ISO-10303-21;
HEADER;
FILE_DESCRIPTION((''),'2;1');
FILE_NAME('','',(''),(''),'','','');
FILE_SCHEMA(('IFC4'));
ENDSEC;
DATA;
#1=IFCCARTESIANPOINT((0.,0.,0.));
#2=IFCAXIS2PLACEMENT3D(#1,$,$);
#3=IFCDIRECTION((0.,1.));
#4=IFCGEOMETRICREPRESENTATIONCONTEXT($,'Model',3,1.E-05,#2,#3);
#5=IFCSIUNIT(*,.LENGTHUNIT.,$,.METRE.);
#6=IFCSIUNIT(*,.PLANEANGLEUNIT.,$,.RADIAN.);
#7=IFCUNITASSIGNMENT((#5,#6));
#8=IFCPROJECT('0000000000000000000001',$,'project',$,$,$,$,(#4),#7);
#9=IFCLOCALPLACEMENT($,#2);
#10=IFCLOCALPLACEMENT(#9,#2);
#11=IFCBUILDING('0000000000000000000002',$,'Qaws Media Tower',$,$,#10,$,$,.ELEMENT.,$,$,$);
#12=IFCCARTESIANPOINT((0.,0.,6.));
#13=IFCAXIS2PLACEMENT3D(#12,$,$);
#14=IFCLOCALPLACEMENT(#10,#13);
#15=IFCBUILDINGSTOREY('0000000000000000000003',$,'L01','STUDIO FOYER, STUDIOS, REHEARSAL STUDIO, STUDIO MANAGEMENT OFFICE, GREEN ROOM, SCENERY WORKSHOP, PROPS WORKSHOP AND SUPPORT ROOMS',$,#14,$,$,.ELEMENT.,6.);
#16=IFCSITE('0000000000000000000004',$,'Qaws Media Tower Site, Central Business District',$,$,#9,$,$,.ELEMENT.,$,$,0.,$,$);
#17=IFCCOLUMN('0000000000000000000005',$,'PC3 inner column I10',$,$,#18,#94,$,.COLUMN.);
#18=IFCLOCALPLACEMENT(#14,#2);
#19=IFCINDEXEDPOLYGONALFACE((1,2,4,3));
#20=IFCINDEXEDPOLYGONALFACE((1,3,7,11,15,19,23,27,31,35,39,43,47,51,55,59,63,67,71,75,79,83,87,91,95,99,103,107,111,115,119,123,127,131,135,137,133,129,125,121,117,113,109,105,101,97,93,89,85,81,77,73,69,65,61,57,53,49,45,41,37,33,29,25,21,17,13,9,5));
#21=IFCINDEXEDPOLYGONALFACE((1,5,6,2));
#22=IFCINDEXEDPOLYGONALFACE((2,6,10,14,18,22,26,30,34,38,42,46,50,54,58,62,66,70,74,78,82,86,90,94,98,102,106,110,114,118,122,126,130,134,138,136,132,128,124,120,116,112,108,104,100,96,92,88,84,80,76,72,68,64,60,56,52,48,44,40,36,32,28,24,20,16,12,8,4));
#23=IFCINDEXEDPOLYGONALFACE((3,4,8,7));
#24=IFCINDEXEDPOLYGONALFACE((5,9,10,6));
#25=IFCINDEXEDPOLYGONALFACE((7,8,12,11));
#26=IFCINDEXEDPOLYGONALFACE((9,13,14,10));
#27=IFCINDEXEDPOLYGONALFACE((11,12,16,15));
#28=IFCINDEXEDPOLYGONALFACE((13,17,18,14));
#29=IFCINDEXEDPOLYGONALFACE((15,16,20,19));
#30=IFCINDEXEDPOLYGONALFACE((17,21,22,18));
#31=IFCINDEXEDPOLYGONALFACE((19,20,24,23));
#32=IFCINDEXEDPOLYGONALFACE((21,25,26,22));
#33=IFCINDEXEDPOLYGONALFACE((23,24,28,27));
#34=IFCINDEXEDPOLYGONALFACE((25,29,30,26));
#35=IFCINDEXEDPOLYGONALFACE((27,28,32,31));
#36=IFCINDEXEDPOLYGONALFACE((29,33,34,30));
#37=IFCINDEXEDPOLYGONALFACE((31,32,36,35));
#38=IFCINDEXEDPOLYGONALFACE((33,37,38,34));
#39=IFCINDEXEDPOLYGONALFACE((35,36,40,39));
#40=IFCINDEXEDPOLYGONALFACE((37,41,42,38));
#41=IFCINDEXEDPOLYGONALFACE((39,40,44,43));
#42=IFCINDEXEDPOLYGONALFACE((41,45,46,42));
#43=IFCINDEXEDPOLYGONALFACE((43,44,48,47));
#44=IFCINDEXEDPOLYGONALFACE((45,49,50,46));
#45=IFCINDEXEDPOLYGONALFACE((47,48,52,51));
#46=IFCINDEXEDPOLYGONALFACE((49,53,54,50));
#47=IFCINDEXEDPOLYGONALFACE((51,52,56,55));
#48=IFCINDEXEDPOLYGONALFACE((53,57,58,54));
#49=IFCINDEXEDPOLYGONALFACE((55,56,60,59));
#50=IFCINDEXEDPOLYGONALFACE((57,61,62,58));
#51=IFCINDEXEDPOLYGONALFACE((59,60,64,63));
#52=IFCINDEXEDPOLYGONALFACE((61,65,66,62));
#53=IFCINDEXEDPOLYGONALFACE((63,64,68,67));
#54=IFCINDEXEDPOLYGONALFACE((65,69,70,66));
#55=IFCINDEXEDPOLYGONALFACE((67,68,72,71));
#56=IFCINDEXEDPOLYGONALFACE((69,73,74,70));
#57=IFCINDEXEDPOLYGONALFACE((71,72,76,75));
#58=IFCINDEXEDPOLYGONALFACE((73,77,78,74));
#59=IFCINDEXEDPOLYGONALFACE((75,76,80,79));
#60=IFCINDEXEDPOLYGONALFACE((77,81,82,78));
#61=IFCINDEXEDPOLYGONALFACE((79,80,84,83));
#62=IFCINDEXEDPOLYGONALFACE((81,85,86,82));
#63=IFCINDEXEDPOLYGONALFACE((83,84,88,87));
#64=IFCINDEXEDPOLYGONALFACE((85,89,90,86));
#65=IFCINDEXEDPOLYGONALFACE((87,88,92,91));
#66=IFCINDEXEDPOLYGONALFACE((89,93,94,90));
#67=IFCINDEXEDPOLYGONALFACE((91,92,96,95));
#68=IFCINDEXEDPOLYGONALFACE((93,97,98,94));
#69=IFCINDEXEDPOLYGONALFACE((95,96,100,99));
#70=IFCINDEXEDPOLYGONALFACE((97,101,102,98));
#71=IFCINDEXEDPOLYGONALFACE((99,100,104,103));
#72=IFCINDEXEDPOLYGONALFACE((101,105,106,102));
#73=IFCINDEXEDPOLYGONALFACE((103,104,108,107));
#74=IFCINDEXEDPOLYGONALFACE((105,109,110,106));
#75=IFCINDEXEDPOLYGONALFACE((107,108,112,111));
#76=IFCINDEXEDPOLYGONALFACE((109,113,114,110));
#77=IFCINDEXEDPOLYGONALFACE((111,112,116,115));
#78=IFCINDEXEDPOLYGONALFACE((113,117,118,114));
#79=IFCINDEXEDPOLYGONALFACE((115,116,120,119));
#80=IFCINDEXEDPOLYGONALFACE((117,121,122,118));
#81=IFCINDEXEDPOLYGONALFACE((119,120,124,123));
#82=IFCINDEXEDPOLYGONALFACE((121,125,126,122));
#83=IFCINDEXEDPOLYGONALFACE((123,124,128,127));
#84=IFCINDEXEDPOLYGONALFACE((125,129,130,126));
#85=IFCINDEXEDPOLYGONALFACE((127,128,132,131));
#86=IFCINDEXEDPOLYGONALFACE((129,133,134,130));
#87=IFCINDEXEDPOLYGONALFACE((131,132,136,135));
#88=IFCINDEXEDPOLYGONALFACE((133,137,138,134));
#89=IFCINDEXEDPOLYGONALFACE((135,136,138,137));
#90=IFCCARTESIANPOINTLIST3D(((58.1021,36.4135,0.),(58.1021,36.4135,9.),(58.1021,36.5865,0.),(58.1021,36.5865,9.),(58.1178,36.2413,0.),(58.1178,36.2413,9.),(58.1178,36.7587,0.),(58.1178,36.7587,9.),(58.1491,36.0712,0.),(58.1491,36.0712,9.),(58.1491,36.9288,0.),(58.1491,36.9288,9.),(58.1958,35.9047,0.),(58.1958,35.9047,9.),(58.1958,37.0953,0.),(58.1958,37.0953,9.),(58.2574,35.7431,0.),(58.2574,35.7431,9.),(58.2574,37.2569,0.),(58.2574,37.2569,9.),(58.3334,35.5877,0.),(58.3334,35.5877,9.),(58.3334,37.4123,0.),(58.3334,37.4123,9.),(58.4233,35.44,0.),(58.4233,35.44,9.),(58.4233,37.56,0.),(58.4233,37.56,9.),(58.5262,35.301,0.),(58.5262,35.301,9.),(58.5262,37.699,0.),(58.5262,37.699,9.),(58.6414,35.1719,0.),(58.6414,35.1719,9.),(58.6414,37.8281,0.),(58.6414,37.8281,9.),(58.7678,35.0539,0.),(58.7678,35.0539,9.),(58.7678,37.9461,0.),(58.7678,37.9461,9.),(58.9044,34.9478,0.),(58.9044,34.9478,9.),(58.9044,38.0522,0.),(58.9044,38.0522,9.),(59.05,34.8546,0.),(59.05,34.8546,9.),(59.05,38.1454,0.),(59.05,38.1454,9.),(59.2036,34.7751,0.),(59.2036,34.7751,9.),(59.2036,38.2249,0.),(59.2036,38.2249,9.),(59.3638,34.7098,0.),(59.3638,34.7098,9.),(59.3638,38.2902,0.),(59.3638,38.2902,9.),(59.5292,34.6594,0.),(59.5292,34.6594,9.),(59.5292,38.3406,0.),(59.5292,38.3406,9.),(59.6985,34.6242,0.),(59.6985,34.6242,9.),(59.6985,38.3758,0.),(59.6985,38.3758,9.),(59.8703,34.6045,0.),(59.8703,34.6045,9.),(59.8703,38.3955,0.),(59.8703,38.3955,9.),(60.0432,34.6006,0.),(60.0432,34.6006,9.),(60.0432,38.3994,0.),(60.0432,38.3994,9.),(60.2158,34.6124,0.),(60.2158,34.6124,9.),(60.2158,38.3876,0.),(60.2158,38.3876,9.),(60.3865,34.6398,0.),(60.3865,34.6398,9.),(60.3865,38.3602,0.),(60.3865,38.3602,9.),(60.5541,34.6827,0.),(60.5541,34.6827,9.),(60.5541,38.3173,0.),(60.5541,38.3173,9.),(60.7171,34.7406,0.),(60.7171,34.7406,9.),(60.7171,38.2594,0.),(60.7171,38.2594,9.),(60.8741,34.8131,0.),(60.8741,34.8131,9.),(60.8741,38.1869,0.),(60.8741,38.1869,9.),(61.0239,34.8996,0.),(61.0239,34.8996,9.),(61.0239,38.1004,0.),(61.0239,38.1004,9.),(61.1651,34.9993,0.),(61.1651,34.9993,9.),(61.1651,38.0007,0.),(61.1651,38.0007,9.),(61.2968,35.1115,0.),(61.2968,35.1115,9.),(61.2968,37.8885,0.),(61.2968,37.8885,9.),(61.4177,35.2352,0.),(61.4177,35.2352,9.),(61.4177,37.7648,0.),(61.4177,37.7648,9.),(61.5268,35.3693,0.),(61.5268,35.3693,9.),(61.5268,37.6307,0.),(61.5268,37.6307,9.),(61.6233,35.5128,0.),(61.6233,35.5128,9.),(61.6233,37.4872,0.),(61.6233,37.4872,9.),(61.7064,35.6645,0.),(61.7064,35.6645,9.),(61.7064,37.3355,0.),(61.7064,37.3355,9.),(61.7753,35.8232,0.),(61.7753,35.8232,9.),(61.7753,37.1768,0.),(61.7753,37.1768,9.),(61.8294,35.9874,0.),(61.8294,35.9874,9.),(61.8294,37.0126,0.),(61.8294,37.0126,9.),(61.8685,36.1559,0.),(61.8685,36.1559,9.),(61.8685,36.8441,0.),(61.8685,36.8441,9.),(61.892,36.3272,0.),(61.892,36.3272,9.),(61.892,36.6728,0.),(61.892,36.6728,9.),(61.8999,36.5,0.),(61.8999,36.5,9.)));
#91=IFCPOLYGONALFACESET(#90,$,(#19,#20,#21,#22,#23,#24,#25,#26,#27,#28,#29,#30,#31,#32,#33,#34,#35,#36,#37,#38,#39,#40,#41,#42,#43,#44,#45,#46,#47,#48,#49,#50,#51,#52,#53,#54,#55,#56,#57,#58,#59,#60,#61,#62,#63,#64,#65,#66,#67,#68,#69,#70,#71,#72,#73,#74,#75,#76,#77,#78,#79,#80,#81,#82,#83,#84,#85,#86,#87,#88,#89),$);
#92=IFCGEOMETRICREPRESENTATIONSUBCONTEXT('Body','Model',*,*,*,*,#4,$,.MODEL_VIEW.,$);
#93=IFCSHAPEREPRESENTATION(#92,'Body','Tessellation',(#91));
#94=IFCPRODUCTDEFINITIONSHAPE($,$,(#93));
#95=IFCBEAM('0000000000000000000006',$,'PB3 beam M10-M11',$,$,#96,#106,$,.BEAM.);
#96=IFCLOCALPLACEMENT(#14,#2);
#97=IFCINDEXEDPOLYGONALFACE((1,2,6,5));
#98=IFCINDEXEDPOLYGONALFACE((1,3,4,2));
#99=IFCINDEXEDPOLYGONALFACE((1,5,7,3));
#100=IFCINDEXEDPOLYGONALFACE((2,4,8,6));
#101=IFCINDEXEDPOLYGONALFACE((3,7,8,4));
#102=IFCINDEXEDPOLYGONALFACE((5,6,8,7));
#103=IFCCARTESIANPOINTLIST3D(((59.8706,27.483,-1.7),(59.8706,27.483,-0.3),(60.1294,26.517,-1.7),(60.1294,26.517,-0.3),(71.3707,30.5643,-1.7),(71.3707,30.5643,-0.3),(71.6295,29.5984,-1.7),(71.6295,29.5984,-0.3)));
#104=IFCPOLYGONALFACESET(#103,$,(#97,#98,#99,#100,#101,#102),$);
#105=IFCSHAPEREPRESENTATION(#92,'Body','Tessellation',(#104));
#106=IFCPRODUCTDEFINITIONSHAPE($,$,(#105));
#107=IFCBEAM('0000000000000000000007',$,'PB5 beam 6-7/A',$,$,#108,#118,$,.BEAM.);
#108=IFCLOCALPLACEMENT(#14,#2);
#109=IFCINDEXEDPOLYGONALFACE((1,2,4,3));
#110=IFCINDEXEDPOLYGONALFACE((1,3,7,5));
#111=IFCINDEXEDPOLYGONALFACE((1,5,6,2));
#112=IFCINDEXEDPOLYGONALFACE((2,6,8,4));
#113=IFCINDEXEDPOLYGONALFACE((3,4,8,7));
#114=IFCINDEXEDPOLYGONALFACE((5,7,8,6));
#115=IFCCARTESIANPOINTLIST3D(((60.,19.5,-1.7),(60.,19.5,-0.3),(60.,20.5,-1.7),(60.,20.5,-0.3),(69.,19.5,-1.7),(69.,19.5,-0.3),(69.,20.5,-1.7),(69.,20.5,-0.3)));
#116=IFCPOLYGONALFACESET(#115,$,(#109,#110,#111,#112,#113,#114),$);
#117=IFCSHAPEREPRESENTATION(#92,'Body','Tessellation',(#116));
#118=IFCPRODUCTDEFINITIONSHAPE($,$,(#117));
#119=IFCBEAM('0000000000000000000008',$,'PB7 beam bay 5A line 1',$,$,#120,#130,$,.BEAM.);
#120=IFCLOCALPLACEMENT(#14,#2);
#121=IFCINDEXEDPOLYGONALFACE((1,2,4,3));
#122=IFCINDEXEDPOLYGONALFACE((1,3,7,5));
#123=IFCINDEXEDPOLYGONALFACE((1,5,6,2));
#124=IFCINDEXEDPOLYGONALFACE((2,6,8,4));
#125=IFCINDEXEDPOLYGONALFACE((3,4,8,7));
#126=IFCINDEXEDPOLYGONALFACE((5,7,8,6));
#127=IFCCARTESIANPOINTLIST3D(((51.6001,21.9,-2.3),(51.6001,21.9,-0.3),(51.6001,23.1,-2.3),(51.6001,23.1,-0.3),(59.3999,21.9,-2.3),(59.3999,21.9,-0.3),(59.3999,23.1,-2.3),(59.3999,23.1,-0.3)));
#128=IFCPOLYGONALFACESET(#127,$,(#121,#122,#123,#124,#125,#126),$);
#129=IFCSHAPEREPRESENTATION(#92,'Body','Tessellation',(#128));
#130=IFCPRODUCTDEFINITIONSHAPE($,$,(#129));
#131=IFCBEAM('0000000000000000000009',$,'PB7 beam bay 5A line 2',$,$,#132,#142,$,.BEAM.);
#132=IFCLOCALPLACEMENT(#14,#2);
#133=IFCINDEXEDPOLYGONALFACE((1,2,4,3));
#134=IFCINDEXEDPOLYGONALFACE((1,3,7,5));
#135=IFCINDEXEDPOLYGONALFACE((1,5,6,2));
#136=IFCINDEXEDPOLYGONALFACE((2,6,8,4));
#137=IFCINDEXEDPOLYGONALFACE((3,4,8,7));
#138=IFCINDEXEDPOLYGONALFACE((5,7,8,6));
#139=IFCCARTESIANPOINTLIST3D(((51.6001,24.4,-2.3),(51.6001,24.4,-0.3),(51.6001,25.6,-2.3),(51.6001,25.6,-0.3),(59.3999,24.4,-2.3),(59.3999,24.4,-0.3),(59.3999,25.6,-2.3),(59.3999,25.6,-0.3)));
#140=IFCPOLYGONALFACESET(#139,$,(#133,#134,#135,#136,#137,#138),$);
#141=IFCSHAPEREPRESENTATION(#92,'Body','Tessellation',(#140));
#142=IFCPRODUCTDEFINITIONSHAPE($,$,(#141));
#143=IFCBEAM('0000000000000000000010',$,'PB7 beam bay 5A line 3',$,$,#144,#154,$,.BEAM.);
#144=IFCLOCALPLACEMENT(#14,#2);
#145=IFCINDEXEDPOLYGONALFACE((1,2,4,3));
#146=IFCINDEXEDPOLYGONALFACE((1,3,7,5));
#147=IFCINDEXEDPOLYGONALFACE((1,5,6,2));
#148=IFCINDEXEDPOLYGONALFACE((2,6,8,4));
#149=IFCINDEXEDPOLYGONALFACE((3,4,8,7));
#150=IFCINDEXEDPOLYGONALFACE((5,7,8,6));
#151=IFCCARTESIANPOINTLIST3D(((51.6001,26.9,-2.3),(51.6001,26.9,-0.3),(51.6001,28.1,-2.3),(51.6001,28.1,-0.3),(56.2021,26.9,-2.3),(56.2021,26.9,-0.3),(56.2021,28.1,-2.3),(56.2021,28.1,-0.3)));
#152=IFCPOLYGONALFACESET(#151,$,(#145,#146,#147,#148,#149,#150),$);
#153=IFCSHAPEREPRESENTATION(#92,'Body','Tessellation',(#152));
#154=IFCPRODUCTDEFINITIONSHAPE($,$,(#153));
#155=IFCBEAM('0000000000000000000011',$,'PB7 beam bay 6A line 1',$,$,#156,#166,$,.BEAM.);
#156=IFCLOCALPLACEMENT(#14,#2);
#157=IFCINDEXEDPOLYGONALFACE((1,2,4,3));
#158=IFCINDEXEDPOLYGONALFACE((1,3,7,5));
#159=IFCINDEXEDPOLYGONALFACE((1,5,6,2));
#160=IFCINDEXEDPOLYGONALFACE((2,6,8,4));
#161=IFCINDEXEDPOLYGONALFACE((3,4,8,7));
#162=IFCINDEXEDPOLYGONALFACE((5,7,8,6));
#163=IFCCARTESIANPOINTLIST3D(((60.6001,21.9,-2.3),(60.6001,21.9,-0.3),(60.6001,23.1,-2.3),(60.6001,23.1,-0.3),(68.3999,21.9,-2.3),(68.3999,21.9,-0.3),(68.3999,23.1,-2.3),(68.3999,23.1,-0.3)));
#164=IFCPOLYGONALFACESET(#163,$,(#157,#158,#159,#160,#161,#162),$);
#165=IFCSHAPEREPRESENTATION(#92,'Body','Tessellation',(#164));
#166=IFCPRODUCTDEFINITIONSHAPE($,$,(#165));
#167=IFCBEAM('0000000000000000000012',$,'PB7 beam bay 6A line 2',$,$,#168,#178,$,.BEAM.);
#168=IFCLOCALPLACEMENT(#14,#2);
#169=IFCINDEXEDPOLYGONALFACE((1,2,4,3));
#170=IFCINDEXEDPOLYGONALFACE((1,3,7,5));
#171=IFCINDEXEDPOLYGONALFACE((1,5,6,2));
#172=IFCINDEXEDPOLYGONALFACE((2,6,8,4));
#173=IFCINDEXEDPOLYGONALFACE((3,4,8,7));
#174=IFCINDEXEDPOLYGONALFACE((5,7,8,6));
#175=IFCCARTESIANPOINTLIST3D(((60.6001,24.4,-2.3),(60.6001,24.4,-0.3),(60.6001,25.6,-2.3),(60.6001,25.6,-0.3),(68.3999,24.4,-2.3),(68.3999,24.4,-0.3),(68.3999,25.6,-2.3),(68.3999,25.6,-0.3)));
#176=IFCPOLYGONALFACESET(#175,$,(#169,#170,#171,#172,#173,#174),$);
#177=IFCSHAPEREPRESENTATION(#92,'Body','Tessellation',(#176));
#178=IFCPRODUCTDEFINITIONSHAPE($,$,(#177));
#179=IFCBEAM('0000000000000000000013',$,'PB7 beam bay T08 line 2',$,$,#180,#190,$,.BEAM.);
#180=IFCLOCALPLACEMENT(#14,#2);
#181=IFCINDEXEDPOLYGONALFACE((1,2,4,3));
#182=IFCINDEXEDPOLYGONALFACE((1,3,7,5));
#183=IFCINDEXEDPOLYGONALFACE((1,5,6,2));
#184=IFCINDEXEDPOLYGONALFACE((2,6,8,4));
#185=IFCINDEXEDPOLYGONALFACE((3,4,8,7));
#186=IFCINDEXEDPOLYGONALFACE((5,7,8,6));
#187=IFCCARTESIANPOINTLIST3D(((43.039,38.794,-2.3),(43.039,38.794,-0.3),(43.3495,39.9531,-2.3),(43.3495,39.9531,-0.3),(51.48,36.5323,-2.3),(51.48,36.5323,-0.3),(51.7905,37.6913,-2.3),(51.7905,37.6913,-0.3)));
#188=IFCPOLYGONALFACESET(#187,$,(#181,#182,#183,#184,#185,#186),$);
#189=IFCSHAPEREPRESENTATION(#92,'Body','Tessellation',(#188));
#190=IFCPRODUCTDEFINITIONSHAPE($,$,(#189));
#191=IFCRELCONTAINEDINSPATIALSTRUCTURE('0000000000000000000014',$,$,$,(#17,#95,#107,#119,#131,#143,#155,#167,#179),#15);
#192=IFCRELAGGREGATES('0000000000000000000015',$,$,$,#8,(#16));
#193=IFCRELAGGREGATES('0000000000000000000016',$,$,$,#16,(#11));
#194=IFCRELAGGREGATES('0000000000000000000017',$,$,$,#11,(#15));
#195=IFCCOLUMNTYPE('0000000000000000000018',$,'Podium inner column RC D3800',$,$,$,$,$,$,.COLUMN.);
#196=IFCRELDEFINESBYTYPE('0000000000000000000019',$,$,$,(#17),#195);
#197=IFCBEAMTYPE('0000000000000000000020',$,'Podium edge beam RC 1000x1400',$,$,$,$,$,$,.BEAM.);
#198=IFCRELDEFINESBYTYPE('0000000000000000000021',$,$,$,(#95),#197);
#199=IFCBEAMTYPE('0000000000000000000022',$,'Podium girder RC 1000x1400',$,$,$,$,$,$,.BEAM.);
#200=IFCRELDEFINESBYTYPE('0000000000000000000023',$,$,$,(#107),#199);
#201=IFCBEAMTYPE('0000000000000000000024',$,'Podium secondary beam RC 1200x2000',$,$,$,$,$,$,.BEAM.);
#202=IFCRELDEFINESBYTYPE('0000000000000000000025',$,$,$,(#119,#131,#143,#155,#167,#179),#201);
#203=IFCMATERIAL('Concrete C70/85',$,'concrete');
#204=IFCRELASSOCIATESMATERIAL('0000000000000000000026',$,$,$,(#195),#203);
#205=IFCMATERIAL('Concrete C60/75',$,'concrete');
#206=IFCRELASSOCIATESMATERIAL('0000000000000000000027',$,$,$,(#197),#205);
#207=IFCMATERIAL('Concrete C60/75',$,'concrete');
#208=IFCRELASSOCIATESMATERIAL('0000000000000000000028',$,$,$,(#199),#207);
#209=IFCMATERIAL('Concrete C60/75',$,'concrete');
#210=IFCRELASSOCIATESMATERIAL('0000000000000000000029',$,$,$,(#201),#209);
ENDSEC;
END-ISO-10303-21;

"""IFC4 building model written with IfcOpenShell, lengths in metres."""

from ifc_helpers import new_model, si_unit, direction, frame, origin, origin_2d, place, context, subcontext, project, spatial, rectangle, circle, extrude, material, material_profile, profile_set, type_object, element, save


model = new_model("IFC4")

# Units and contexts
model_context = context("Model", 3, precision=1e-05, world=origin(), true_north=direction((0.0, 1.0)))
body_context = subcontext(model_context, "Body", "Model", "MODEL_VIEW")
ifc_project = project(units=[si_unit("LENGTHUNIT", "METRE"), si_unit("PLANEANGLEUNIT", "RADIAN")], contexts=[model_context])

# Site, building, storey
site_placement = place(None, origin())
site = spatial("IfcSite", under=ifc_project, at=site_placement, Name="Qaws Media Tower Site, Central Business District", CompositionType="ELEMENT", RefElevation=0.0)
building_placement = place(site_placement, origin())
building = spatial("IfcBuilding", under=site, at=building_placement, Name="Qaws Media Tower", CompositionType="ELEMENT")
storey_placement = place(building_placement, frame((0.0, 0.0, 6.0)))
storey = spatial("IfcBuildingStorey", under=building, at=storey_placement, Name="L01", Description="STUDIO FOYER, STUDIOS, REHEARSAL STUDIO, STUDIO MANAGEMENT OFFICE, GREEN ROOM, SCENERY WORKSHOP, PROPS WORKSHOP AND SUPPORT ROOMS", CompositionType="ELEMENT", Elevation=6.0)

# Column
ifc_material_1 = material(Name="Concrete C70/85", Category="concrete")
ifc_material_profile_1 = material_profile(ifc_material_1, circle(Radius=1.8999, at=origin_2d()), Name="RC D3800")
ifc_profile_set_1 = profile_set([ifc_material_profile_1], Name="Concrete C70/85")
column_type_1 = type_object("IfcColumnType", Name="Podium inner column RC D3800", PredefinedType="COLUMN", material=ifc_profile_set_1)
for number, where, z_axis, x_axis, name in (
    (1, (60.0, 36.5, 0.0), (0.0, 0.0, 1.0), (1.0, 0.0, 0.0), "PC3 inner column I10"),
):
    element("IfcColumn", number, at=place(storey_placement, frame(where, z_axis=z_axis, x_axis=x_axis)), inside=storey, type_object=column_type_1, Name=name, PredefinedType="COLUMN", context=body_context, shape_type="SweptSolid", body=[
        extrude(circle(Radius=1.8999, at=origin_2d()), origin(), (0.0, 0.0, 1.0), 9.0),
    ])

# Beams
ifc_material_2 = material(Name="Concrete C60/75", Category="concrete")
ifc_material_profile_2 = material_profile(ifc_material_2, rectangle(XDim=1.0, YDim=1.3999, at=origin_2d()), Name="RC 1000x1400")
ifc_profile_set_2 = profile_set([ifc_material_profile_2], Name="Concrete C60/75")
beam_type_1 = type_object("IfcBeamType", Name="Podium edge beam RC 1000x1400", PredefinedType="BEAM", material=ifc_profile_set_2)
beam_1_placement = place(storey_placement, frame((60.0, 27.0, -1.0), z_axis=(0.965928, 0.25881, 0.0), x_axis=(-0.25881, 0.965928, 0.0)))
element("IfcBeam", 2, at=beam_1_placement, inside=storey, type_object=beam_type_1, Name="PB3 beam M10-M11", PredefinedType="BEAM", context=body_context, shape_type="SweptSolid", body=[
    extrude(rectangle(XDim=1.0, YDim=1.3999, at=origin_2d()), origin(), (0.0, 0.0, 1.0), 11.9058),
])
ifc_material_3 = material(Name="Concrete C60/75", Category="concrete")
ifc_material_profile_3 = material_profile(ifc_material_3, rectangle(XDim=1.0, YDim=1.3999, at=origin_2d()), Name="RC 1000x1400")
ifc_profile_set_3 = profile_set([ifc_material_profile_3], Name="Concrete C60/75")
beam_type_2 = type_object("IfcBeamType", Name="Podium girder RC 1000x1400", PredefinedType="BEAM", material=ifc_profile_set_3)
beam_2_placement = place(storey_placement, frame((60.0, 20.0, -1.0), z_axis=(1.0, 0.0, 0.0), x_axis=(0.0, 1.0, 0.0)))
element("IfcBeam", 3, at=beam_2_placement, inside=storey, type_object=beam_type_2, Name="PB5 beam 6-7/A", PredefinedType="BEAM", context=body_context, shape_type="SweptSolid", body=[
    extrude(rectangle(XDim=1.0, YDim=1.3999, at=origin_2d()), origin(), (0.0, 0.0, 1.0), 9.0),
])
ifc_material_4 = material(Name="Concrete C60/75", Category="concrete")
ifc_material_profile_4 = material_profile(ifc_material_4, rectangle(XDim=1.2, YDim=2.0, at=origin_2d()), Name="RC 1200x2000")
ifc_profile_set_4 = profile_set([ifc_material_profile_4], Name="Concrete C60/75")
beam_type_3 = type_object("IfcBeamType", Name="Podium secondary beam RC 1200x2000", PredefinedType="BEAM", material=ifc_profile_set_4)
for number, where, z_axis, x_axis, name in (
    (4, (51.6001, 22.5, -1.3), (1.0, 0.0, 0.0), (0.0, 1.0, 0.0), "PB7 beam bay 5A line 1"),
    (5, (51.6001, 25.0, -1.3), (1.0, 0.0, 0.0), (0.0, 1.0, 0.0), "PB7 beam bay 5A line 2"),
):
    element("IfcBeam", number, at=place(storey_placement, frame(where, z_axis=z_axis, x_axis=x_axis)), inside=storey, type_object=beam_type_3, Name=name, PredefinedType="BEAM", context=body_context, shape_type="SweptSolid", body=[
        extrude(rectangle(XDim=1.2, YDim=2.0, at=origin_2d()), origin(), (0.0, 0.0, 1.0), 7.7998),
    ])
beam_3_placement = place(storey_placement, frame((51.6001, 27.5, -1.3), z_axis=(1.0, 0.0, 0.0), x_axis=(0.0, 1.0, 0.0)))
element("IfcBeam", 6, at=beam_3_placement, inside=storey, type_object=beam_type_3, Name="PB7 beam bay 5A line 3", PredefinedType="BEAM", context=body_context, shape_type="SweptSolid", body=[
    extrude(rectangle(XDim=1.2, YDim=2.0, at=origin_2d()), origin(), (0.0, 0.0, 1.0), 4.6021),
])
for number, where, z_axis, x_axis, name in (
    (7, (60.6001, 22.5, -1.3), (1.0, 0.0, 0.0), (0.0, 1.0, 0.0), "PB7 beam bay 6A line 1"),
    (8, (60.6001, 25.0, -1.3), (1.0, 0.0, 0.0), (0.0, 1.0, 0.0), "PB7 beam bay 6A line 2"),
):
    element("IfcBeam", number, at=place(storey_placement, frame(where, z_axis=z_axis, x_axis=x_axis)), inside=storey, type_object=beam_type_3, Name=name, PredefinedType="BEAM", context=body_context, shape_type="SweptSolid", body=[
        extrude(rectangle(XDim=1.2, YDim=2.0, at=origin_2d()), origin(), (0.0, 0.0, 1.0), 7.7998),
    ])
beam_4_placement = place(storey_placement, frame((51.6353, 37.1118, -1.3), z_axis=(-0.965926, 0.258817, 0.0), x_axis=(-0.258817, -0.965926, 0.0)))
element("IfcBeam", 9, at=beam_4_placement, inside=storey, type_object=beam_type_3, Name="PB7 beam bay T08 line 2", PredefinedType="BEAM", context=body_context, shape_type="SweptSolid", body=[
    extrude(rectangle(XDim=1.2, YDim=2.0, at=origin_2d()), origin(), (0.0, 0.0, 1.0), 8.7388),
])

save(model, "model.ifc")
